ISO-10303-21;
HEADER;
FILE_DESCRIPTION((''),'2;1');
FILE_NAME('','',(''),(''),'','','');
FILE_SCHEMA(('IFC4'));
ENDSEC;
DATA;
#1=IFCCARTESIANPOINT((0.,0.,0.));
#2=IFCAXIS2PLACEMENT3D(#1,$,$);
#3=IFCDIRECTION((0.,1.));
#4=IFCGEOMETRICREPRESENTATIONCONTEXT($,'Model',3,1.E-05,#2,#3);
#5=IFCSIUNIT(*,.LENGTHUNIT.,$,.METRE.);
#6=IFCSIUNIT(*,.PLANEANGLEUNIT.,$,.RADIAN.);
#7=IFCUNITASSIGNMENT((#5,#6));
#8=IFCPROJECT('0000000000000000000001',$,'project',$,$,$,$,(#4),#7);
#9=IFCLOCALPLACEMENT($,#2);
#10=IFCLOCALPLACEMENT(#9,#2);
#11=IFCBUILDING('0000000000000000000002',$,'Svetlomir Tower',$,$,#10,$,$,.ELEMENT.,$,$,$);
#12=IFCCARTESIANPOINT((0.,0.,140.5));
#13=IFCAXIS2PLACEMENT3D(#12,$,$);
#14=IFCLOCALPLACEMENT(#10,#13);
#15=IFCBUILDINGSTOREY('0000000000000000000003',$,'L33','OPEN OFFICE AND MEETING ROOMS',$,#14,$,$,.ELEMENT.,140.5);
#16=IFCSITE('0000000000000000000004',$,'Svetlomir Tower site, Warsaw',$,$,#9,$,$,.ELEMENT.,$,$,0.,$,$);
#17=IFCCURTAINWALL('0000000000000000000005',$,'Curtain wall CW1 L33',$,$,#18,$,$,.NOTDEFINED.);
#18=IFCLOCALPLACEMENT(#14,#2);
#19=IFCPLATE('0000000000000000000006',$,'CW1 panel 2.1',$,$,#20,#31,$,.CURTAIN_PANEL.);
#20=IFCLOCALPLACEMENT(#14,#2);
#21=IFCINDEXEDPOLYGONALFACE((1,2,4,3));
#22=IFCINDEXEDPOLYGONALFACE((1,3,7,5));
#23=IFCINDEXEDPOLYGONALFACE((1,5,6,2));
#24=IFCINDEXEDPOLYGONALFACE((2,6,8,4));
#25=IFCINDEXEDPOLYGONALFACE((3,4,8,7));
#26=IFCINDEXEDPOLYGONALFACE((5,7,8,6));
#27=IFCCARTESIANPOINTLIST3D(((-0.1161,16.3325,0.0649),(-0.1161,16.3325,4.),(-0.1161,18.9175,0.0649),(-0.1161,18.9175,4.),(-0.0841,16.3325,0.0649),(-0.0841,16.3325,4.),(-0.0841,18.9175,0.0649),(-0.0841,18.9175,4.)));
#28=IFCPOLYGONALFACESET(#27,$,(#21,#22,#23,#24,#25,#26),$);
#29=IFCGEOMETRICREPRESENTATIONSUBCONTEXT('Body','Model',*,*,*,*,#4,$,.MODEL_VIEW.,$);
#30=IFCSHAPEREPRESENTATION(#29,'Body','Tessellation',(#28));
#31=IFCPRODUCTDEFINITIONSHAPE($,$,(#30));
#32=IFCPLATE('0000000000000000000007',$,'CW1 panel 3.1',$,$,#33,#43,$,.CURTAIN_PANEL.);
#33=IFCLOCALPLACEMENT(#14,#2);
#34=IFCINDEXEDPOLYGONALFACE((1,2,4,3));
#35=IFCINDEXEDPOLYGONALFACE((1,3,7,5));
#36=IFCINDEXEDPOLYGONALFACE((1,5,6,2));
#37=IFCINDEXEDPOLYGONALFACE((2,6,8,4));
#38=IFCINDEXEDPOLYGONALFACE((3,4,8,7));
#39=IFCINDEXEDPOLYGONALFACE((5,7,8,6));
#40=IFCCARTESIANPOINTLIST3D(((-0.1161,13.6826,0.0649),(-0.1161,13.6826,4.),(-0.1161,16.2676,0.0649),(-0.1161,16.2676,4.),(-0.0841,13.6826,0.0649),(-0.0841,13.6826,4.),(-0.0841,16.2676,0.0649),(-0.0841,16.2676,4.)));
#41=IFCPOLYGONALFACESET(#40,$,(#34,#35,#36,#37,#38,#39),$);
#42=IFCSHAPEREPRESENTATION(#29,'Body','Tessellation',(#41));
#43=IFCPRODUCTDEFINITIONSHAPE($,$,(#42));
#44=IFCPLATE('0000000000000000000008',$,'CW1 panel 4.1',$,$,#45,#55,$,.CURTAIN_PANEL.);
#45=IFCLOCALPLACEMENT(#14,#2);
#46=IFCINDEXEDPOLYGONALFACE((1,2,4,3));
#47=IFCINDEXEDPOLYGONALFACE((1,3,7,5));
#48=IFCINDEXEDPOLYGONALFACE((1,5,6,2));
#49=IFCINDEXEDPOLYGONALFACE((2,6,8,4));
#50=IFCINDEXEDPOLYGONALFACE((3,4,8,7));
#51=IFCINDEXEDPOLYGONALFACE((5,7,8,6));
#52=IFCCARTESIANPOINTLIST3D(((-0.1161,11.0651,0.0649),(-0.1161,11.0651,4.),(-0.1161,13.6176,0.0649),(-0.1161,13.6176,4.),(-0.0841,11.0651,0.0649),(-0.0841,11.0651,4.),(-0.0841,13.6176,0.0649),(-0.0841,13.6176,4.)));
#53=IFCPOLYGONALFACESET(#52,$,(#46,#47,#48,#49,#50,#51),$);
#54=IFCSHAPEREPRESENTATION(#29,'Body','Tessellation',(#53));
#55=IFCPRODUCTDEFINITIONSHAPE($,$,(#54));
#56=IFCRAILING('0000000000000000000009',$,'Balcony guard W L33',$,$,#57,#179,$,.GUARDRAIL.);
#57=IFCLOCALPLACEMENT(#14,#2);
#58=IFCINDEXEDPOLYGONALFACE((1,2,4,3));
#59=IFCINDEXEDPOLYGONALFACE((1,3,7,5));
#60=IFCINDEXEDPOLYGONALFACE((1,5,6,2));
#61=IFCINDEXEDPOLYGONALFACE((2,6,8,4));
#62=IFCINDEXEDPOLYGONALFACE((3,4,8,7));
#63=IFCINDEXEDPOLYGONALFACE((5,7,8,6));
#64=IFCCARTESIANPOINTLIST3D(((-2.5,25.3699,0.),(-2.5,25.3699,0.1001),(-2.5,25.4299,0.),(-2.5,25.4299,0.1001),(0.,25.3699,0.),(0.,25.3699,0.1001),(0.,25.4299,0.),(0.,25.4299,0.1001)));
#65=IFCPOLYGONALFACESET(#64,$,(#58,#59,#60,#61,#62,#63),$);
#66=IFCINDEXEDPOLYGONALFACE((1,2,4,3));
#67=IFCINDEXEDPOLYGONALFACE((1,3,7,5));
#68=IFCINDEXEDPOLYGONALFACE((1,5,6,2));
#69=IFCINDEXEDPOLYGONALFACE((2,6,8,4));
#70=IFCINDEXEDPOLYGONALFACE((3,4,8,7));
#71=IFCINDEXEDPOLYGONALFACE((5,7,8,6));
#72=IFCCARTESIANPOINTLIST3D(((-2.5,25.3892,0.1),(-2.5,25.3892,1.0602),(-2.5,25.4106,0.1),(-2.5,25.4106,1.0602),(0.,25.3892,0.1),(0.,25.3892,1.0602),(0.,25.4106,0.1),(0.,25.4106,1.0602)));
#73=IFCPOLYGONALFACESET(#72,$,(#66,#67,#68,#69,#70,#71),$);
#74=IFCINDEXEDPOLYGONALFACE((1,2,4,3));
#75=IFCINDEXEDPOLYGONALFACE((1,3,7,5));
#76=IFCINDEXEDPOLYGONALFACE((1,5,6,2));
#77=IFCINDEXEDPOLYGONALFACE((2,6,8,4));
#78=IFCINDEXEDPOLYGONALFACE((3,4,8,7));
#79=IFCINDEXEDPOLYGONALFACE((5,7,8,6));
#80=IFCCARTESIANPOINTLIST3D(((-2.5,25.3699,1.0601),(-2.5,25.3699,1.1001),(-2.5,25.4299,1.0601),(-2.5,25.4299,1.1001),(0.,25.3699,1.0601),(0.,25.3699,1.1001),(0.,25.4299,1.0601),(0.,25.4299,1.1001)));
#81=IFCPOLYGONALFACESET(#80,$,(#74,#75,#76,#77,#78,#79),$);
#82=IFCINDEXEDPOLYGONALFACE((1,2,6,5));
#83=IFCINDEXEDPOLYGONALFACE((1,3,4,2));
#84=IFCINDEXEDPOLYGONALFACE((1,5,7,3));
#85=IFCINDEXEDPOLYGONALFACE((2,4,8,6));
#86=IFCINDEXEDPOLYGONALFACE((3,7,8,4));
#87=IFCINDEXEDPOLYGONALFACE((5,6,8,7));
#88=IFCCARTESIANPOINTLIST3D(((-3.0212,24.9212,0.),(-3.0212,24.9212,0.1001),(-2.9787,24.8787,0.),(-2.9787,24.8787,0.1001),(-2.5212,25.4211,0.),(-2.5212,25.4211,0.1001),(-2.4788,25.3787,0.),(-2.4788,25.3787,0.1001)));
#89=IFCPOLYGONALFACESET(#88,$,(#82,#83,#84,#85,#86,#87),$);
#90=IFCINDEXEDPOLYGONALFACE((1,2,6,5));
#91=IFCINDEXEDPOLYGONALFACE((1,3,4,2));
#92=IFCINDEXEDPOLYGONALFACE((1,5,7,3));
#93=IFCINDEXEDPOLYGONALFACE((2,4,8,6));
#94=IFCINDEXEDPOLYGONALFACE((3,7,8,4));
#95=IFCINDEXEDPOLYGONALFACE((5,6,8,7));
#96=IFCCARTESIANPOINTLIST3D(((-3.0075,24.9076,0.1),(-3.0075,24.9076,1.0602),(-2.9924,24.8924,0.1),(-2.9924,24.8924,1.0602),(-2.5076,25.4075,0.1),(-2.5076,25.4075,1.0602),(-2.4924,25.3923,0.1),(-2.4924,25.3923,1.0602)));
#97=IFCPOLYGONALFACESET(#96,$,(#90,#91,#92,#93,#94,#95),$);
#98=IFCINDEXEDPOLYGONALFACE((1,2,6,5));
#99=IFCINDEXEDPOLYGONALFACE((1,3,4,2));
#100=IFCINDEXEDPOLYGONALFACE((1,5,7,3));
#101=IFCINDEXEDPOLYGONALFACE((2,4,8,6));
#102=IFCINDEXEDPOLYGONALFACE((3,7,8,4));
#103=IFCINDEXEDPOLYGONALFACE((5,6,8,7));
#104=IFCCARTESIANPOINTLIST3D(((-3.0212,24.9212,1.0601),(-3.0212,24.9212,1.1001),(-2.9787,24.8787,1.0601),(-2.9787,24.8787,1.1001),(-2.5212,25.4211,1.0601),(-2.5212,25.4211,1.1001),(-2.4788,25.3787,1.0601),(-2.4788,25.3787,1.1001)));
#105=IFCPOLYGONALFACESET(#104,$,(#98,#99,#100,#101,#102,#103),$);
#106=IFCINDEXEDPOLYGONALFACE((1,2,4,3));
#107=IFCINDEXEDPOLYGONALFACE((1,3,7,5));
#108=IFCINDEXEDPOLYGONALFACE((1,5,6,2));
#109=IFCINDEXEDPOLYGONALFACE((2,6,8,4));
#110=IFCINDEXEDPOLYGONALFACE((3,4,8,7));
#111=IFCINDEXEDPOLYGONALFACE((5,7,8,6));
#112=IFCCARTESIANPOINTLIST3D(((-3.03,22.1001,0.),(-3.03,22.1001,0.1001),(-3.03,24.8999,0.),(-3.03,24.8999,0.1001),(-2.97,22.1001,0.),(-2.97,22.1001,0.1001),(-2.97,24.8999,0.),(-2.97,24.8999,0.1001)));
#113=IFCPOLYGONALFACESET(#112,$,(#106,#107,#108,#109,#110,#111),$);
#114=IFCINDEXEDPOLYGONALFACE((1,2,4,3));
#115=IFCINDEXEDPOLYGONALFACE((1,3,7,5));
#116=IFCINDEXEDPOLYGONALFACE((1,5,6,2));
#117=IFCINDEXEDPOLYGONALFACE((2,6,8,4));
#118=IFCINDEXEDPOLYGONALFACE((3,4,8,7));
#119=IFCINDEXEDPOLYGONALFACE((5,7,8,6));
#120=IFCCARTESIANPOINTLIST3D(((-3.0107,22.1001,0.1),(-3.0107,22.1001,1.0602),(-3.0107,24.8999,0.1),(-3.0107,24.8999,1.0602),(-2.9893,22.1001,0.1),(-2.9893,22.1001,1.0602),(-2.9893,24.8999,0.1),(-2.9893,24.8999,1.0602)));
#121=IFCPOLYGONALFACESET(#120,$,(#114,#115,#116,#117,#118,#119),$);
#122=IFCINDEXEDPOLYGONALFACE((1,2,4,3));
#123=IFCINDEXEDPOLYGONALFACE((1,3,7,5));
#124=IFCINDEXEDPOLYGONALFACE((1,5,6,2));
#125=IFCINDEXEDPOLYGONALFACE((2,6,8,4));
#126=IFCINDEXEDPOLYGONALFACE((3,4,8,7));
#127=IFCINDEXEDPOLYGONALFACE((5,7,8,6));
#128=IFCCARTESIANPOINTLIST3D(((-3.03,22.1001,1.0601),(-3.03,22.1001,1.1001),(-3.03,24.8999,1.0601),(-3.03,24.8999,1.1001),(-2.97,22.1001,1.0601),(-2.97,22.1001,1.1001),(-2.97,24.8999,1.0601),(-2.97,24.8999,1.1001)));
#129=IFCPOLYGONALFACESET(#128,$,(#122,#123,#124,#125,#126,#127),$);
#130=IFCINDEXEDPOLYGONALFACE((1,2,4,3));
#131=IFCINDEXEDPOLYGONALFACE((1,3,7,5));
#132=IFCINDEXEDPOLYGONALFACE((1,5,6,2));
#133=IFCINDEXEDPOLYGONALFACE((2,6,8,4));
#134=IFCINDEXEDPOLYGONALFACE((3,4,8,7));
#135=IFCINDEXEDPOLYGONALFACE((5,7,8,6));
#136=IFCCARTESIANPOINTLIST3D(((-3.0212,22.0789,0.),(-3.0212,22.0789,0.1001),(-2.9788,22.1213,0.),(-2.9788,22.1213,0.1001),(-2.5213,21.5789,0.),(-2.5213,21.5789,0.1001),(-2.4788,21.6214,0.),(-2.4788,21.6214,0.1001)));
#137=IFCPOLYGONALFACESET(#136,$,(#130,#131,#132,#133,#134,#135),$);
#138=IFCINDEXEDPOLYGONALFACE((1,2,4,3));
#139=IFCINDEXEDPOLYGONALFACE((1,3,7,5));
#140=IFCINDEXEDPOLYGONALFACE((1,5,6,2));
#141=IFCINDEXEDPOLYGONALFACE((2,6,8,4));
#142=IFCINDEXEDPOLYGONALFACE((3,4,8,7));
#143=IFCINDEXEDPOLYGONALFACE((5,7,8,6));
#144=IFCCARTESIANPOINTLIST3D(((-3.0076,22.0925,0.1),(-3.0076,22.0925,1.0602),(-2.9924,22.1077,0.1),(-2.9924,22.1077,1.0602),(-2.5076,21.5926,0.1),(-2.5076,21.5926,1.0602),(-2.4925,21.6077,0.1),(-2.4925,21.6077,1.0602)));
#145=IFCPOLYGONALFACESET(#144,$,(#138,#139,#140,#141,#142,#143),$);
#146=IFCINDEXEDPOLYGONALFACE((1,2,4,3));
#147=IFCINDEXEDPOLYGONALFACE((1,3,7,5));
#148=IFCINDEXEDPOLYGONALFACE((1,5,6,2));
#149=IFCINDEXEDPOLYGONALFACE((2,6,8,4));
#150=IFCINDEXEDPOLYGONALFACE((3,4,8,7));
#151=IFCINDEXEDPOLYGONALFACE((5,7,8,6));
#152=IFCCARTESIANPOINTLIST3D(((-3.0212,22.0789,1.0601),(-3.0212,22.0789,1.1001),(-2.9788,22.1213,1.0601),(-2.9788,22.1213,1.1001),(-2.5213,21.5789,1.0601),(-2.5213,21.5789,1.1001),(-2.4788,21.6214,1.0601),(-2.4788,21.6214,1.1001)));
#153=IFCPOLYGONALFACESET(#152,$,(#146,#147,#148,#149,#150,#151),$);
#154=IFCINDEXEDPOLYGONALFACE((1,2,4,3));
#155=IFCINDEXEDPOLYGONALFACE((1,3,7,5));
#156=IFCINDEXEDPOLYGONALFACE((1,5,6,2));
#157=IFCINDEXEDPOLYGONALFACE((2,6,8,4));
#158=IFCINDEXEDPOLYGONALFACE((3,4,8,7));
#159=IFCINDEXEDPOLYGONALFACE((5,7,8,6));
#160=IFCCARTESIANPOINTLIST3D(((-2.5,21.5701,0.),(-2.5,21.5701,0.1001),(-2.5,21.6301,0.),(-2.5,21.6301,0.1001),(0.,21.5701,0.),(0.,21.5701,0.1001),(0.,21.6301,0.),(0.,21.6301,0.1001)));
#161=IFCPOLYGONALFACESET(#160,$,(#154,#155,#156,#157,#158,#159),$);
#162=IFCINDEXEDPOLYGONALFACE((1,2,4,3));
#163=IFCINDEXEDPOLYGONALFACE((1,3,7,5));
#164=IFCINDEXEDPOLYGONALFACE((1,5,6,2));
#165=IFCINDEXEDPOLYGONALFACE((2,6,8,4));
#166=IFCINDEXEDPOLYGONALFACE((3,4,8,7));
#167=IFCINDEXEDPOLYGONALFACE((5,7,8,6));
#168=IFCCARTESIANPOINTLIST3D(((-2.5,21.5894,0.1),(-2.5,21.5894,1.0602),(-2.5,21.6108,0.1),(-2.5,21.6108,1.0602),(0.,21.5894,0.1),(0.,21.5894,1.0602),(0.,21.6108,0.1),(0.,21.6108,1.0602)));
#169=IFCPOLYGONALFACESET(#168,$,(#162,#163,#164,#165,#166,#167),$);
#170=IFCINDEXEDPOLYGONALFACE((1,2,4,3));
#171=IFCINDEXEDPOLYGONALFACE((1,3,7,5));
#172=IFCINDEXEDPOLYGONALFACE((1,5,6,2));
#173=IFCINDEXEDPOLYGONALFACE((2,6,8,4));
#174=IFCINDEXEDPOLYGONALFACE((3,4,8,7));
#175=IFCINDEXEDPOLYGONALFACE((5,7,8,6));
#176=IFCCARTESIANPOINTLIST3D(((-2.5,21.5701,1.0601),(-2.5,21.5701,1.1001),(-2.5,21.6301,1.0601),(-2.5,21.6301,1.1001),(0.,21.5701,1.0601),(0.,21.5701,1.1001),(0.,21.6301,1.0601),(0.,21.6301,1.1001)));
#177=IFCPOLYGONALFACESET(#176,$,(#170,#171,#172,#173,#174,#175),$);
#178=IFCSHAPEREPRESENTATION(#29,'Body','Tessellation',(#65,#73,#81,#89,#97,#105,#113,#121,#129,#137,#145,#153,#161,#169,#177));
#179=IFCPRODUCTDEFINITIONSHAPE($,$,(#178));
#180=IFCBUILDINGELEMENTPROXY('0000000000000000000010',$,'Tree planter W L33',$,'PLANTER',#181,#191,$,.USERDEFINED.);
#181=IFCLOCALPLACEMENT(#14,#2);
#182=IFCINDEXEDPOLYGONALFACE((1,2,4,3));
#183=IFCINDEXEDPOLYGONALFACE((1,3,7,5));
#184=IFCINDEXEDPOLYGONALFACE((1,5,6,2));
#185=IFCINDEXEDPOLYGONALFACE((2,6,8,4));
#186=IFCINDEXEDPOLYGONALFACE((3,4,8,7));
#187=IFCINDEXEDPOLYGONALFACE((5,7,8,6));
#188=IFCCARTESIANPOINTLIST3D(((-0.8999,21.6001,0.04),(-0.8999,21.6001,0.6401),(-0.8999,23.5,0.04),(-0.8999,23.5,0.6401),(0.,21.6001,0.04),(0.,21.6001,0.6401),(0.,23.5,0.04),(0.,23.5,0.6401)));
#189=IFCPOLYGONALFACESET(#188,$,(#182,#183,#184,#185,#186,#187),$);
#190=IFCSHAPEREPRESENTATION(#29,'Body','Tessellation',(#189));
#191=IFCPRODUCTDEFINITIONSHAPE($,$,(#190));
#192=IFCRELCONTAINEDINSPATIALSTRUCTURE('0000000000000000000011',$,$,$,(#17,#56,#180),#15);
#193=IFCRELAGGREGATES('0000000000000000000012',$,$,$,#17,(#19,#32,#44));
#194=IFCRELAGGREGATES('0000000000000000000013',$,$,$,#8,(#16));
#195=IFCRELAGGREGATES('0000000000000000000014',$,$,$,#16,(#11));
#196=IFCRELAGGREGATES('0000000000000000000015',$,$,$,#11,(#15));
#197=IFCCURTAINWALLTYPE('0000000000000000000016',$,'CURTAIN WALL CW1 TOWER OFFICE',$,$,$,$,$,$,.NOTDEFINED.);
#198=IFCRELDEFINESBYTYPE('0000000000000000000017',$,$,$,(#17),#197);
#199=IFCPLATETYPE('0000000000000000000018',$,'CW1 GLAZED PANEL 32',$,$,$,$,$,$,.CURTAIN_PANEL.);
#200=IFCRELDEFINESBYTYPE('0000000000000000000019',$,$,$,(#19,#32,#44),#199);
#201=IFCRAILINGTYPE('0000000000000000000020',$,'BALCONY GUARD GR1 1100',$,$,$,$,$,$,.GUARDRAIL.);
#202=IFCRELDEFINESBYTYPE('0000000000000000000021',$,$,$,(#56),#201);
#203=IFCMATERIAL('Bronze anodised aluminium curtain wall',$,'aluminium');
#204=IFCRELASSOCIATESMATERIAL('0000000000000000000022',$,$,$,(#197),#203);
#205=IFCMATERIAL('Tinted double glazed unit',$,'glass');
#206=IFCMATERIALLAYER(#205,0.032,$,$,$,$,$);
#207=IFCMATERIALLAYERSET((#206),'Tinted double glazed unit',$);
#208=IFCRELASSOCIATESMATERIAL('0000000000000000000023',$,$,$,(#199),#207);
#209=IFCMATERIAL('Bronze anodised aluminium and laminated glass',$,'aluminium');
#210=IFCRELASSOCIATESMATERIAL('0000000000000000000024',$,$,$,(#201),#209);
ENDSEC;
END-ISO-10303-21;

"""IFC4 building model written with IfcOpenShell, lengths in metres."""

from ifc_helpers import new_model, si_unit, direction, frame, origin, origin_2d, place, context, subcontext, project, spatial, rectangle, extrude, material, layer, layer_set, type_object, element, aggregate, save


model = new_model("IFC4")

# Units and contexts
model_context = context("Model", 3, precision=1e-05, world=origin(), true_north=direction((0.0, 1.0)))
body_context = subcontext(model_context, "Body", "Model", "MODEL_VIEW")
ifc_project = project(units=[si_unit("LENGTHUNIT", "METRE"), si_unit("PLANEANGLEUNIT", "RADIAN")], contexts=[model_context])

# Site, building, storey
site_placement = place(None, origin())
site = spatial("IfcSite", under=ifc_project, at=site_placement, Name="Svetlomir Tower site, Warsaw", CompositionType="ELEMENT", RefElevation=0.0)
building_placement = place(site_placement, origin())
building = spatial("IfcBuilding", under=site, at=building_placement, Name="Svetlomir Tower", CompositionType="ELEMENT")
storey_placement = place(building_placement, frame((0.0, 0.0, 140.5)))
storey = spatial("IfcBuildingStorey", under=building, at=storey_placement, Name="L33", Description="OPEN OFFICE AND MEETING ROOMS", CompositionType="ELEMENT", Elevation=140.5)

# Curtain wall
ifc_material_1 = material(Name="Bronze anodised aluminium curtain wall", Category="aluminium")
curtain_wall_type = type_object("IfcCurtainWallType", Name="CURTAIN WALL CW1 TOWER OFFICE", PredefinedType="NOTDEFINED", material=ifc_material_1)
curtain_wall_placement = place(storey_placement, origin())
curtain_wall = element("IfcCurtainWall", 1, at=curtain_wall_placement, inside=storey, type_object=curtain_wall_type, Name="Curtain wall CW1 L33", PredefinedType="NOTDEFINED")

# Plates
ifc_material_2 = material(Name="Tinted double glazed unit", Category="glass")
ifc_layer_1 = layer(ifc_material_2, 0.032)
ifc_layer_set_1 = layer_set([ifc_layer_1], Name="Tinted double glazed unit")
plate_type = type_object("IfcPlateType", Name="CW1 GLAZED PANEL 32", PredefinedType="CURTAIN_PANEL", material=ifc_layer_set_1)
plate_1_placement = place(storey_placement, frame((-0.1001, 17.625, 0.0649), z_axis=(0.0, 0.0, 1.0), x_axis=(0.0, -1.0, 0.0)))
plate_1 = element("IfcPlate", 2, at=plate_1_placement, type_object=plate_type, Name="CW1 panel 2.1", PredefinedType="CURTAIN_PANEL", context=body_context, shape_type="SweptSolid", body=[
    extrude(rectangle(XDim=2.585, YDim=0.032, at=origin_2d()), origin(), (0.0, 0.0, 1.0), 3.9351),
])
plate_2_placement = place(storey_placement, frame((-0.1001, 14.9751, 0.0649), z_axis=(0.0, 0.0, 1.0), x_axis=(0.0, -1.0, 0.0)))
plate_2 = element("IfcPlate", 3, at=plate_2_placement, type_object=plate_type, Name="CW1 panel 3.1", PredefinedType="CURTAIN_PANEL", context=body_context, shape_type="SweptSolid", body=[
    extrude(rectangle(XDim=2.585, YDim=0.032, at=origin_2d()), origin(), (0.0, 0.0, 1.0), 3.9351),
])
plate_3_placement = place(storey_placement, frame((-0.1001, 12.3413, 0.0649), z_axis=(0.0, 0.0, 1.0), x_axis=(0.0, -1.0, 0.0)))
plate_3 = element("IfcPlate", 4, at=plate_3_placement, type_object=plate_type, Name="CW1 panel 4.1", PredefinedType="CURTAIN_PANEL", context=body_context, shape_type="SweptSolid", body=[
    extrude(rectangle(XDim=2.5525, YDim=0.032, at=origin_2d()), origin(), (0.0, 0.0, 1.0), 3.9351),
])
aggregate(curtain_wall, [plate_1, plate_2, plate_3])

# Railing
ifc_material_3 = material(Name="Bronze anodised aluminium and laminated glass", Category="aluminium")
railing_type = type_object("IfcRailingType", Name="BALCONY GUARD GR1 1100", PredefinedType="GUARDRAIL", material=ifc_material_3)
railing_placement = place(storey_placement, frame((0.0, 25.3999, 0.0)))
element("IfcRailing", 5, at=railing_placement, inside=storey, type_object=railing_type, Name="Balcony guard W L33", PredefinedType="GUARDRAIL", context=body_context, shape_type="SweptSolid", body=[
    extrude(rectangle(XDim=0.0601, YDim=0.1001, at=origin_2d()), frame((0.0, 0.0, 0.05), z_axis=(-1.0, 0.0, 0.0), x_axis=(0.0, -1.0, 0.0)), (0.0, 0.0, 1.0), 2.5),
    extrude(rectangle(XDim=0.0215, YDim=0.9602, at=origin_2d()), frame((0.0, 0.0, 0.5801), z_axis=(-1.0, 0.0, 0.0), x_axis=(0.0, -1.0, 0.0)), (0.0, 0.0, 1.0), 2.5),
    extrude(rectangle(XDim=0.0601, YDim=0.04, at=origin_2d()), frame((0.0, 0.0, 1.0801), z_axis=(-1.0, 0.0, 0.0), x_axis=(0.0, -1.0, 0.0)), (0.0, 0.0, 1.0), 2.5),
    extrude(rectangle(XDim=0.0601, YDim=0.1001, at=origin_2d()), frame((-2.5, 0.0, 0.05), z_axis=(-0.707107, -0.707107, 0.0), x_axis=(0.707107, -0.707107, 0.0)), (0.0, 0.0, 1.0), 0.707),
    extrude(rectangle(XDim=0.0215, YDim=0.9602, at=origin_2d()), frame((-2.5, 0.0, 0.5801), z_axis=(-0.707107, -0.707107, 0.0), x_axis=(0.707107, -0.707107, 0.0)), (0.0, 0.0, 1.0), 0.707),
    extrude(rectangle(XDim=0.0601, YDim=0.04, at=origin_2d()), frame((-2.5, 0.0, 1.0801), z_axis=(-0.707107, -0.707107, 0.0), x_axis=(0.707107, -0.707107, 0.0)), (0.0, 0.0, 1.0), 0.707),
    extrude(rectangle(XDim=0.0601, YDim=0.1001, at=origin_2d()), frame((-3.0, -0.5, 0.05), z_axis=(0.0, -1.0, 0.0), x_axis=(1.0, 0.0, 0.0)), (0.0, 0.0, 1.0), 2.7998),
    extrude(rectangle(XDim=0.0215, YDim=0.9602, at=origin_2d()), frame((-3.0, -0.5, 0.5801), z_axis=(0.0, -1.0, 0.0), x_axis=(1.0, 0.0, 0.0)), (0.0, 0.0, 1.0), 2.7998),
    extrude(rectangle(XDim=0.0601, YDim=0.04, at=origin_2d()), frame((-3.0, -0.5, 1.0801), z_axis=(0.0, -1.0, 0.0), x_axis=(1.0, 0.0, 0.0)), (0.0, 0.0, 1.0), 2.7998),
    extrude(rectangle(XDim=0.0601, YDim=0.1001, at=origin_2d()), frame((-3.0, -3.2998, 0.05), z_axis=(0.707107, -0.707107, 0.0), x_axis=(0.707107, 0.707107, 0.0)), (0.0, 0.0, 1.0), 0.707),
    extrude(rectangle(XDim=0.0215, YDim=0.9602, at=origin_2d()), frame((-3.0, -3.2998, 0.5801), z_axis=(0.707107, -0.707107, 0.0), x_axis=(0.707107, 0.707107, 0.0)), (0.0, 0.0, 1.0), 0.707),
    extrude(rectangle(XDim=0.0601, YDim=0.04, at=origin_2d()), frame((-3.0, -3.2998, 1.0801), z_axis=(0.707107, -0.707107, 0.0), x_axis=(0.707107, 0.707107, 0.0)), (0.0, 0.0, 1.0), 0.707),
    extrude(rectangle(XDim=0.0601, YDim=0.1001, at=origin_2d()), frame((-2.5, -3.7998, 0.05), z_axis=(1.0, 0.0, 0.0), x_axis=(0.0, 1.0, 0.0)), (0.0, 0.0, 1.0), 2.5),
    extrude(rectangle(XDim=0.0215, YDim=0.9602, at=origin_2d()), frame((-2.5, -3.7998, 0.5801), z_axis=(1.0, 0.0, 0.0), x_axis=(0.0, 1.0, 0.0)), (0.0, 0.0, 1.0), 2.5),
    extrude(rectangle(XDim=0.0601, YDim=0.04, at=origin_2d()), frame((-2.5, -3.7998, 1.0801), z_axis=(1.0, 0.0, 0.0), x_axis=(0.0, 1.0, 0.0)), (0.0, 0.0, 1.0), 2.5),
])

# Building element proxy
proxy_placement = place(storey_placement, frame((-0.45, 22.55, 0.04), z_axis=(0.0, 0.0, 1.0), x_axis=(1.0, 0.0, 0.0)))
element("IfcBuildingElementProxy", 6, at=proxy_placement, inside=storey, Name="Tree planter W L33", ObjectType="PLANTER", PredefinedType="USERDEFINED", context=body_context, shape_type="SweptSolid", body=[
    extrude(rectangle(XDim=0.8999, YDim=1.8999, at=origin_2d()), origin(), (0.0, 0.0, 1.0), 0.6001),
])

save(model, "model.ifc")
